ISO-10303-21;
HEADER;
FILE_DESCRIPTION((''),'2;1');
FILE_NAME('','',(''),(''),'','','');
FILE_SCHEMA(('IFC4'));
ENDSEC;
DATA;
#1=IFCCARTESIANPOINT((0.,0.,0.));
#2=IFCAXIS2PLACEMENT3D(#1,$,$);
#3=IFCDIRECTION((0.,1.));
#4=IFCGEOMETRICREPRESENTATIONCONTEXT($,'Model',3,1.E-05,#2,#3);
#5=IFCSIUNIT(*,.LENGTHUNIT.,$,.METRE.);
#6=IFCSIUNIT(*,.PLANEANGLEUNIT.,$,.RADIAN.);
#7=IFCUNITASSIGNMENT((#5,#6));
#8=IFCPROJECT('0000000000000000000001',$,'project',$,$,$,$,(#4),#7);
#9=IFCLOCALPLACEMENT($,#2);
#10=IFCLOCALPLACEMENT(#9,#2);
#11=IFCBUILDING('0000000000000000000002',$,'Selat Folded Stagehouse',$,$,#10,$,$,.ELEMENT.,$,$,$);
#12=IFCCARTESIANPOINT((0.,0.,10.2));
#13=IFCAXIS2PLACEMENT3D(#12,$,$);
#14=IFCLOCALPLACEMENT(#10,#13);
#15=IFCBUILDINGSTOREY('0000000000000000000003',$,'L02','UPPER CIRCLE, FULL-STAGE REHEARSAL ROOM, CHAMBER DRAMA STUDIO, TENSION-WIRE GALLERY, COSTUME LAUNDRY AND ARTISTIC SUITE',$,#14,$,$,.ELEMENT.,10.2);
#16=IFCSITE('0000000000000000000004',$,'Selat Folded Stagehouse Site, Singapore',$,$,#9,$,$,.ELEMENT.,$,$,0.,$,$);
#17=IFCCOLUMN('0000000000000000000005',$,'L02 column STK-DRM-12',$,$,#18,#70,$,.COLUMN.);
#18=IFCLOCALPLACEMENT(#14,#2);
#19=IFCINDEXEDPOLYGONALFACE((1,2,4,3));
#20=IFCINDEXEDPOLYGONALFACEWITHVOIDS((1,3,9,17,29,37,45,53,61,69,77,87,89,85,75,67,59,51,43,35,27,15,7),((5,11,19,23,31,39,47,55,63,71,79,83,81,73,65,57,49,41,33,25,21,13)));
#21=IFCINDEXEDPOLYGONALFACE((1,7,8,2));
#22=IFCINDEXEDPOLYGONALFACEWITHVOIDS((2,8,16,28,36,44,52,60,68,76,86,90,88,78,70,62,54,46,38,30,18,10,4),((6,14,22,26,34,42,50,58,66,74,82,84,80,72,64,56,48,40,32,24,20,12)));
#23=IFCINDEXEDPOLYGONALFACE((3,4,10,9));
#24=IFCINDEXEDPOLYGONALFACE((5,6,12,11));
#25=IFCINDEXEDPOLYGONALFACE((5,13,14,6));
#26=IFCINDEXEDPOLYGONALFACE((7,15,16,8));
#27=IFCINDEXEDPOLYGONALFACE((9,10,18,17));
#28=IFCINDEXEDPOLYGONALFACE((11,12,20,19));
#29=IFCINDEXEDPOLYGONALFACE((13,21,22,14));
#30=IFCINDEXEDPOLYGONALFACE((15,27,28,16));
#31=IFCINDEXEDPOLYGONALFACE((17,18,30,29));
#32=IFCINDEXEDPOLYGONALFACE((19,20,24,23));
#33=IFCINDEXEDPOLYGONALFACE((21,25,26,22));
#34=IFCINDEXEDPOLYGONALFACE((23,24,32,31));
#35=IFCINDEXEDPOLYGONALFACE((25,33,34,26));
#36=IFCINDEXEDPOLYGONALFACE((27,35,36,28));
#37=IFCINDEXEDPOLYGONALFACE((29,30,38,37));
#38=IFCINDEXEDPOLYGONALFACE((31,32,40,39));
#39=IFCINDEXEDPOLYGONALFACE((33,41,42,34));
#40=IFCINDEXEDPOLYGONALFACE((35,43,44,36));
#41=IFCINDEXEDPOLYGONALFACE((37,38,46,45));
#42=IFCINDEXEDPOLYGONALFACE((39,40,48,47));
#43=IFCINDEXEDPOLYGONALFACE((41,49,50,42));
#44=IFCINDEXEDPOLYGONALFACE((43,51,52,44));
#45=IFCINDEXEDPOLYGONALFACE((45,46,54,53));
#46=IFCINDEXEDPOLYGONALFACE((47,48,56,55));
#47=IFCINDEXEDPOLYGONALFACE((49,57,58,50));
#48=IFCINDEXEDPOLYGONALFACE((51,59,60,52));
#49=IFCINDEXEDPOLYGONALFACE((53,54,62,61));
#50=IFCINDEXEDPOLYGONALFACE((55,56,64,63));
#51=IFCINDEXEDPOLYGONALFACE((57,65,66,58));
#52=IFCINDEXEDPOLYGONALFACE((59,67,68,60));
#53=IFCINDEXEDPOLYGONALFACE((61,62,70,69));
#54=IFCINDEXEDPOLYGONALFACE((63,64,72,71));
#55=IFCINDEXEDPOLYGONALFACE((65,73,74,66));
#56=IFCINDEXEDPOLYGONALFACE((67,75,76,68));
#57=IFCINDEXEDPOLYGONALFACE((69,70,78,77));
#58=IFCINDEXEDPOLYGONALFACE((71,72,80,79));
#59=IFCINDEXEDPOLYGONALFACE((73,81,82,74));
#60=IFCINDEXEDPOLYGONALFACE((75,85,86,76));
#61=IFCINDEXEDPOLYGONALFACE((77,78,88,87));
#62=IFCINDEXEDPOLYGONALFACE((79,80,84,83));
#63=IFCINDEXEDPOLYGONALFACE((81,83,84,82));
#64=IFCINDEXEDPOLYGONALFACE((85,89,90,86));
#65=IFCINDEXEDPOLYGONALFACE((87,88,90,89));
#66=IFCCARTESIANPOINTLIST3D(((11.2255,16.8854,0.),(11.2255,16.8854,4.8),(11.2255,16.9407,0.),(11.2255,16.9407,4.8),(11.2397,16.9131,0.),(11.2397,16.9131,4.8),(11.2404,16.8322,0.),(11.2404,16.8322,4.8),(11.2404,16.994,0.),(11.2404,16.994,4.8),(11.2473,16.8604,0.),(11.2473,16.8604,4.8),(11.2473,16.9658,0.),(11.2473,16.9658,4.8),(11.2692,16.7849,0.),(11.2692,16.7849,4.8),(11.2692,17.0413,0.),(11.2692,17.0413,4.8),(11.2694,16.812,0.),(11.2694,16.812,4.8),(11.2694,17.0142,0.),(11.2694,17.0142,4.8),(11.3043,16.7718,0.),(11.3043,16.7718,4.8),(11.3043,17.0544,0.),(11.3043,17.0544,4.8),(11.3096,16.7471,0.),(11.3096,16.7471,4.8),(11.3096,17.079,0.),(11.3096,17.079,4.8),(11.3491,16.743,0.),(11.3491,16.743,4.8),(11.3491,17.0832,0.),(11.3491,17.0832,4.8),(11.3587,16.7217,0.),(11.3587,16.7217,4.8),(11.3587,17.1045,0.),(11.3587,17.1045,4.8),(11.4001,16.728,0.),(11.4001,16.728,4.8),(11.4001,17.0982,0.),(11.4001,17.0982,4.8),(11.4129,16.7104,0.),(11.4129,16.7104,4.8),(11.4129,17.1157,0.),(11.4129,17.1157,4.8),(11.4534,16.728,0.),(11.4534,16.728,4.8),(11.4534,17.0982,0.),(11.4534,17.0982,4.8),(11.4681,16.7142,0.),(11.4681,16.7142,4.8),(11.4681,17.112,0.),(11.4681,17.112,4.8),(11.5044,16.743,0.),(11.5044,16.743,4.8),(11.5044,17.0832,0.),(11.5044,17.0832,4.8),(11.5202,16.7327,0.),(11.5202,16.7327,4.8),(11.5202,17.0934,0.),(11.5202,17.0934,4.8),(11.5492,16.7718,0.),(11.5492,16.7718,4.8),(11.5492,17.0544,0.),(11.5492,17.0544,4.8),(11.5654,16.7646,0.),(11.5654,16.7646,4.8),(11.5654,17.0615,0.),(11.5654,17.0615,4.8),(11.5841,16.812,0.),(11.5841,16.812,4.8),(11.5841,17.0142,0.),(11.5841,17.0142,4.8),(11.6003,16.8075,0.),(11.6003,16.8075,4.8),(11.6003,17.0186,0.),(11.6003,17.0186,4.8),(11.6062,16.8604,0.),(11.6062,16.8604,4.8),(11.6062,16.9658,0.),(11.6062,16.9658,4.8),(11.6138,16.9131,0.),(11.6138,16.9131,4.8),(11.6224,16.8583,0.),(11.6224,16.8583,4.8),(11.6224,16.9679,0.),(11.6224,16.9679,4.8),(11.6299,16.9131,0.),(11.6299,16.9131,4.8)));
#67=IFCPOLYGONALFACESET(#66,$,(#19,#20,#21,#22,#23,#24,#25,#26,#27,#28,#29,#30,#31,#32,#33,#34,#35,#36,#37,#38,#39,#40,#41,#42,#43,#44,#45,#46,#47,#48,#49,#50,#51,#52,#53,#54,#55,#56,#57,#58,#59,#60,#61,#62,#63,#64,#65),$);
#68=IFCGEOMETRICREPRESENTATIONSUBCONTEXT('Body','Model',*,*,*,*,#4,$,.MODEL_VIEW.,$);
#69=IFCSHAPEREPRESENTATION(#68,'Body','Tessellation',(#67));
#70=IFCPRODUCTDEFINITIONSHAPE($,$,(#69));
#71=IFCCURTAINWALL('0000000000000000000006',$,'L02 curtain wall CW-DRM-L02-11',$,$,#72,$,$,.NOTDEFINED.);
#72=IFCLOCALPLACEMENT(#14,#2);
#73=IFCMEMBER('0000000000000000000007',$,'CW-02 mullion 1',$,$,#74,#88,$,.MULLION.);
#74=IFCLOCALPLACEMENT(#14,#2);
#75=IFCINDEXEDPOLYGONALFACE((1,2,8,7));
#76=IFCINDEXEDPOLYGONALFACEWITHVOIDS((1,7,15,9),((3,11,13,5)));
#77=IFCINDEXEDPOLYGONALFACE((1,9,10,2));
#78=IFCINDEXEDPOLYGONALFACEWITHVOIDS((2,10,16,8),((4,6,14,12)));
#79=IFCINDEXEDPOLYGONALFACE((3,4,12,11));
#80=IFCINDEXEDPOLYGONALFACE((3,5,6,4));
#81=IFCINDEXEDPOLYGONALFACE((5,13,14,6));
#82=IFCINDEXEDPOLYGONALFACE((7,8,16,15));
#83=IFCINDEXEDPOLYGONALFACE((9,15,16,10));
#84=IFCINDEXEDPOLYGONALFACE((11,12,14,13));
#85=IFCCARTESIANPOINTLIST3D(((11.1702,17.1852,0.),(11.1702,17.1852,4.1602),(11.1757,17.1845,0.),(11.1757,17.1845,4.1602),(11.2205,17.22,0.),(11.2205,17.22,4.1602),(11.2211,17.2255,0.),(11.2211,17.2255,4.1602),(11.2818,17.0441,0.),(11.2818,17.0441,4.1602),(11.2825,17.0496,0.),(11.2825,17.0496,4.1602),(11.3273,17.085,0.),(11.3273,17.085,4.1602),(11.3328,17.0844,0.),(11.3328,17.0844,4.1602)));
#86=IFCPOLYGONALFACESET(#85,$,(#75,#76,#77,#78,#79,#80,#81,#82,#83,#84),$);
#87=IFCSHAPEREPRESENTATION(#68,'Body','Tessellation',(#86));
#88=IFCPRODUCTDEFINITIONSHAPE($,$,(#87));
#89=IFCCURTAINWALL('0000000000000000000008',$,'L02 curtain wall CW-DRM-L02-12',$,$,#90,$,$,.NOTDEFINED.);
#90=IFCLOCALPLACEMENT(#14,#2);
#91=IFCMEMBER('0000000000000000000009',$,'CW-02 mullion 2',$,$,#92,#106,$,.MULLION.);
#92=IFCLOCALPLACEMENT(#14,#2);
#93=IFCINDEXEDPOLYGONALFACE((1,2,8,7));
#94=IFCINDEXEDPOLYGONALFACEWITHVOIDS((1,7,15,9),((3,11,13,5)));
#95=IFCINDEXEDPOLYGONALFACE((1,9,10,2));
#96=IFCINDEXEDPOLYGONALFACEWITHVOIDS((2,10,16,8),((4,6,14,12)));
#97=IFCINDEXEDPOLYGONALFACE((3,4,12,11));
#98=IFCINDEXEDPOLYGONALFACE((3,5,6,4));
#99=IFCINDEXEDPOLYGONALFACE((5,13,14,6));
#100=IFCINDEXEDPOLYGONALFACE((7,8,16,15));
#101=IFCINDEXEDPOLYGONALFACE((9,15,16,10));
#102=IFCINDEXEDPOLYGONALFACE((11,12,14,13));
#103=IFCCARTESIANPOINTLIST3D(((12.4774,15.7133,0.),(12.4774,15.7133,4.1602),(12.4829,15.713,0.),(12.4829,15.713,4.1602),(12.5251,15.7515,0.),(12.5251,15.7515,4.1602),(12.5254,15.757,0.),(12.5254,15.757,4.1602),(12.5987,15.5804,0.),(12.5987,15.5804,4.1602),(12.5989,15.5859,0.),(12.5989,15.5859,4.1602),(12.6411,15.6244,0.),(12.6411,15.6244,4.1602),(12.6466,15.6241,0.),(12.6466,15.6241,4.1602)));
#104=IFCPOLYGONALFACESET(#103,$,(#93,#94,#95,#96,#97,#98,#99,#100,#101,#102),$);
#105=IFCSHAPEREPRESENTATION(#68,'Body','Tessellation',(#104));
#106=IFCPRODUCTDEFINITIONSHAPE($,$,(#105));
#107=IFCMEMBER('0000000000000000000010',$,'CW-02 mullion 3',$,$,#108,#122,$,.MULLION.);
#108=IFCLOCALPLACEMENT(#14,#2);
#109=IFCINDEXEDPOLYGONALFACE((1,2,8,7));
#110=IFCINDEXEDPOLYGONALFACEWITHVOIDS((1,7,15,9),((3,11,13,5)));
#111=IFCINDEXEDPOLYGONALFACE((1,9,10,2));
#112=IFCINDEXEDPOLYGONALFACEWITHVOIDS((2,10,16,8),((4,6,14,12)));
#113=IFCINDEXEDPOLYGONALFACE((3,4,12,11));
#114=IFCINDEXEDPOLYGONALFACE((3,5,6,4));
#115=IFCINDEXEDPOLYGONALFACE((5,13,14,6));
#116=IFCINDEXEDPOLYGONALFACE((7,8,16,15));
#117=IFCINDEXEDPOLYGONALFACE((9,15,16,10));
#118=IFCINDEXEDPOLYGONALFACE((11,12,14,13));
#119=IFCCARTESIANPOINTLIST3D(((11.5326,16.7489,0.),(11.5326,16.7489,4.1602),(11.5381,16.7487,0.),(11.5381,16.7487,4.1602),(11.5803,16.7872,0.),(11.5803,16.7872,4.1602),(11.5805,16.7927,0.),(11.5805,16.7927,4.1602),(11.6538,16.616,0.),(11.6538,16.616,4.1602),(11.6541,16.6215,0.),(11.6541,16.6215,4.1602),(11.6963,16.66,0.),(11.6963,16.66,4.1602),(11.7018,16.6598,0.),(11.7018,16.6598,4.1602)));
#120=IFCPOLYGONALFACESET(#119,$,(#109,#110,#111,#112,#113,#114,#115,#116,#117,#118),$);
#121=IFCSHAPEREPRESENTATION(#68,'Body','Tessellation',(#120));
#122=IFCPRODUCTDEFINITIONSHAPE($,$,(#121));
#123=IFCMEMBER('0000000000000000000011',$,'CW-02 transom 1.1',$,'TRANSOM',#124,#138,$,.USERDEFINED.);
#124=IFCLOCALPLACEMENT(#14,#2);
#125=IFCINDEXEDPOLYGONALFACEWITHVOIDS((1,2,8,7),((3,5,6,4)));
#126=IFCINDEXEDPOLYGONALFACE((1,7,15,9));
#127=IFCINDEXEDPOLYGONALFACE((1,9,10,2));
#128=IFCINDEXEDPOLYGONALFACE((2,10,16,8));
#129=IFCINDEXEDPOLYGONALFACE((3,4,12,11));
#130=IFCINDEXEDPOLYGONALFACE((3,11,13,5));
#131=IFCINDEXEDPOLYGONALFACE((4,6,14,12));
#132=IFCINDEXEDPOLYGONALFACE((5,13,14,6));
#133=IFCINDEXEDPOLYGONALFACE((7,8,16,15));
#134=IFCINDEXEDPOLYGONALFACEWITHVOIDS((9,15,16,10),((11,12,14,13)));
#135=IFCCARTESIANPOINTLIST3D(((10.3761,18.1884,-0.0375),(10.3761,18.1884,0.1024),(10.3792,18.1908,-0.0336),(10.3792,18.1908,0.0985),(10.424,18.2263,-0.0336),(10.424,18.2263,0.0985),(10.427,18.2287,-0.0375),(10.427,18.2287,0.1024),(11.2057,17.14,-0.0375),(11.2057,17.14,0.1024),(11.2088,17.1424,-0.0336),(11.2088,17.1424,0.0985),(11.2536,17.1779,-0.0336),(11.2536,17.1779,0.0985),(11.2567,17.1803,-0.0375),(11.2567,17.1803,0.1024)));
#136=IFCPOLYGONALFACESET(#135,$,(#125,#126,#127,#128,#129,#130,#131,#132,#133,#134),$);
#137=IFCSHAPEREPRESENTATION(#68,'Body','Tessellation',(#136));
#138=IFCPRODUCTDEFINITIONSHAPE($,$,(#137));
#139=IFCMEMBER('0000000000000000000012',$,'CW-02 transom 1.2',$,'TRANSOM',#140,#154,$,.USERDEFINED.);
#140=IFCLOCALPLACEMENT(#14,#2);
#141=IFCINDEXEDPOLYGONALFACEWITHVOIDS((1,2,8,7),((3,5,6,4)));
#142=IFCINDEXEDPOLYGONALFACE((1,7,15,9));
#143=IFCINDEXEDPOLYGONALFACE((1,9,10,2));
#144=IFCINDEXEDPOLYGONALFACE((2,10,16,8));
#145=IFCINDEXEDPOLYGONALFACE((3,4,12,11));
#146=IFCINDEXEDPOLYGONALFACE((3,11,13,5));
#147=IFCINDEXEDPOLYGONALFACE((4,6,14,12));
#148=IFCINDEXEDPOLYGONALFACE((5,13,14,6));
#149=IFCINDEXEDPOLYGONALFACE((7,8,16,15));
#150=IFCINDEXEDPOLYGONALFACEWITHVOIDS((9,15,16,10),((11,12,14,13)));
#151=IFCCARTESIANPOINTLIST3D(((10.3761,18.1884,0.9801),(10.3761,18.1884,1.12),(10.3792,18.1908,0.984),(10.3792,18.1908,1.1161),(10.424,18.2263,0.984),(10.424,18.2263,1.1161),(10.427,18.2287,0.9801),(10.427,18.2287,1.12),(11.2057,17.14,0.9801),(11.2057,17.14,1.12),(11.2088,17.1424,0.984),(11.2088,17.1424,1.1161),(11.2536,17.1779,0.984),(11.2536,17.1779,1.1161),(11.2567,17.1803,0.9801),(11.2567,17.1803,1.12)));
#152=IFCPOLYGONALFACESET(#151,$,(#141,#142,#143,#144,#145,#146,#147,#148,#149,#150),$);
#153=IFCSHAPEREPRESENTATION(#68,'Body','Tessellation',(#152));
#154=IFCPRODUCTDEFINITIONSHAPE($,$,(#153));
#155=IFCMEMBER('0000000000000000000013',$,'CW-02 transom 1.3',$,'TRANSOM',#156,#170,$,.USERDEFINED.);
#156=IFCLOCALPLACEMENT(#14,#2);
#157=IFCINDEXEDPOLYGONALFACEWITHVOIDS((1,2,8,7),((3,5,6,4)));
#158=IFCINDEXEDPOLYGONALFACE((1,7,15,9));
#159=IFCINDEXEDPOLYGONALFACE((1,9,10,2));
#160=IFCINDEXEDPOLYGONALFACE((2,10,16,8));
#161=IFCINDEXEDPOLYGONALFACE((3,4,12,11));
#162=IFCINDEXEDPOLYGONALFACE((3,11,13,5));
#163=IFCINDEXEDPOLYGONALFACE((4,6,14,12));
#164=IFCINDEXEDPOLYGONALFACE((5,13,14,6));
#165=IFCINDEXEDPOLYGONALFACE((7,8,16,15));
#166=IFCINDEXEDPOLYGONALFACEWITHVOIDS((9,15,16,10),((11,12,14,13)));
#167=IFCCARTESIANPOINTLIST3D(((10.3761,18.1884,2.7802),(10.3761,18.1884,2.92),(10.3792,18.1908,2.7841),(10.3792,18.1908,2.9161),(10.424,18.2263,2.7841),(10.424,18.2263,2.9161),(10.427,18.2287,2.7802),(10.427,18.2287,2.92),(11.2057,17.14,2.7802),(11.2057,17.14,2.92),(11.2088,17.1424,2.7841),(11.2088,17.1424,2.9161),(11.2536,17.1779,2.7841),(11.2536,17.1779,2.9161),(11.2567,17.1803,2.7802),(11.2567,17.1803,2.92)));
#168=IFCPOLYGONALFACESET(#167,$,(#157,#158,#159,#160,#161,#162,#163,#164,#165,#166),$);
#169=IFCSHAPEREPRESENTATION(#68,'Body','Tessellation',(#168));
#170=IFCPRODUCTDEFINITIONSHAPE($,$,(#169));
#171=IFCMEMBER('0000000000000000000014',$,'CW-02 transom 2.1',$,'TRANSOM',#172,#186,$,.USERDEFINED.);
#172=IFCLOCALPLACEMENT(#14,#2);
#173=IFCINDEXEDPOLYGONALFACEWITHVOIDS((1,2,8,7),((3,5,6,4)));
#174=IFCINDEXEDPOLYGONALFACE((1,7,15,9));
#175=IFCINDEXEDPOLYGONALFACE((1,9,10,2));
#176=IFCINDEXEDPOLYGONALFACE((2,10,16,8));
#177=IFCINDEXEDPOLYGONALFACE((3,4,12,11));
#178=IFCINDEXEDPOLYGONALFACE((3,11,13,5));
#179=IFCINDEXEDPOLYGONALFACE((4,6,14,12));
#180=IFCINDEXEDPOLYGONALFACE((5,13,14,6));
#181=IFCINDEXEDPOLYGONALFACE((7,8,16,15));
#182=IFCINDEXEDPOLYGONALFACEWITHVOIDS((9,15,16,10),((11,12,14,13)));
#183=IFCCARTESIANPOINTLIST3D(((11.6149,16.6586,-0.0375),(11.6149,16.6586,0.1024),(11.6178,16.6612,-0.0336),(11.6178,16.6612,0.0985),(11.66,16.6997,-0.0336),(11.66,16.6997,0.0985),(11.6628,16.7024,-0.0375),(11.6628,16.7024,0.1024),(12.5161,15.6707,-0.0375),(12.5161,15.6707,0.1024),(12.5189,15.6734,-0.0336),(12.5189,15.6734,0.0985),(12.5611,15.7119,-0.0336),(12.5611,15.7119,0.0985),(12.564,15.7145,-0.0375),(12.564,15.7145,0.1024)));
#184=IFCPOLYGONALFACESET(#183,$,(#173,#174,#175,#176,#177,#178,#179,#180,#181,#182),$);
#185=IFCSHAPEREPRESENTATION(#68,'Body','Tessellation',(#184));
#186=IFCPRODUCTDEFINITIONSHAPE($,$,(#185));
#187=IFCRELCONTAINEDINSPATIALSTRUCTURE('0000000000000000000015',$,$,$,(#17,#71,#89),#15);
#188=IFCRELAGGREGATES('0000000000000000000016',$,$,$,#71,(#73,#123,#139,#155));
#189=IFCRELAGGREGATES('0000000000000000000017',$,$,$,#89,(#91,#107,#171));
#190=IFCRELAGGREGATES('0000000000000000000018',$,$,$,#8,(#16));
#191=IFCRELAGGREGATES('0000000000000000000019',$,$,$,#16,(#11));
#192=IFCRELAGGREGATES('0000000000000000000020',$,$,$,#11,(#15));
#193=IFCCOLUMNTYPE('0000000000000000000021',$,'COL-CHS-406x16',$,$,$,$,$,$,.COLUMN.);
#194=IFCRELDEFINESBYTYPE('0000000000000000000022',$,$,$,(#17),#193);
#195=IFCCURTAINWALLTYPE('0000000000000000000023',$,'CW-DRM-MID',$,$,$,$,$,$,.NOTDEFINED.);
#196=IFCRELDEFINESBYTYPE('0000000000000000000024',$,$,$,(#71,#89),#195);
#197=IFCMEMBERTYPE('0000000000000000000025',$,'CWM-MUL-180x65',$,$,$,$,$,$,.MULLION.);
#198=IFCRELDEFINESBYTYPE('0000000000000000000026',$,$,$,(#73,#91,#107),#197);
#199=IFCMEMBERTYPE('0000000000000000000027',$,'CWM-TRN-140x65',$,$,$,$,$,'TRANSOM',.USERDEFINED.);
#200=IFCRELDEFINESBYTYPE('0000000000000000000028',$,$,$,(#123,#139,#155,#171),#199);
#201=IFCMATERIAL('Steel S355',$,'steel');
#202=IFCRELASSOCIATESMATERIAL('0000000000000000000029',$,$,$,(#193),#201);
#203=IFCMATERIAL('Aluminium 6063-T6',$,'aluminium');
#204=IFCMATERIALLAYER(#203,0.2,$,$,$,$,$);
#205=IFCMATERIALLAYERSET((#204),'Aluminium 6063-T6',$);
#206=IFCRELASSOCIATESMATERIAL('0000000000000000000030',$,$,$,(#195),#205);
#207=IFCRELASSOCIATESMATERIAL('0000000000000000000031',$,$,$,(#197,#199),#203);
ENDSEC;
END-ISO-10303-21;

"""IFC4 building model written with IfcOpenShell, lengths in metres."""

from ifc_helpers import new_model, si_unit, direction, frame, origin, origin_2d, place, context, subcontext, project, spatial, hollow_rectangle, hollow_circle, extrude, material, layer, layer_set, material_profile, profile_set, type_object, element, aggregate, save


model = new_model("IFC4")

# Units and contexts
model_context = context("Model", 3, precision=1e-05, world=origin(), true_north=direction((0.0, 1.0)))
body_context = subcontext(model_context, "Body", "Model", "MODEL_VIEW")
ifc_project = project(units=[si_unit("LENGTHUNIT", "METRE"), si_unit("PLANEANGLEUNIT", "RADIAN")], contexts=[model_context])

# Site, building, storey
site_placement = place(None, origin())
site = spatial("IfcSite", under=ifc_project, at=site_placement, Name="Selat Folded Stagehouse Site, Singapore", CompositionType="ELEMENT", RefElevation=0.0)
building_placement = place(site_placement, origin())
building = spatial("IfcBuilding", under=site, at=building_placement, Name="Selat Folded Stagehouse", CompositionType="ELEMENT")
storey_placement = place(building_placement, frame((0.0, 0.0, 10.2)))
storey = spatial("IfcBuildingStorey", under=building, at=storey_placement, Name="L02", Description="UPPER CIRCLE, FULL-STAGE REHEARSAL ROOM, CHAMBER DRAMA STUDIO, TENSION-WIRE GALLERY, COSTUME LAUNDRY AND ARTISTIC SUITE", CompositionType="ELEMENT", Elevation=10.2)

# Column
ifc_material_1 = material(Name="Steel S355", Category="steel")
ifc_material_profile_1 = material_profile(ifc_material_1, hollow_circle(Radius=0.2031, WallThickness=0.0161, at=origin_2d()), Name="CHS 406.4x16.0")
ifc_profile_set_1 = profile_set([ifc_material_profile_1], Name="Steel S355")
column_type = type_object("IfcColumnType", Name="COL-CHS-406x16", PredefinedType="COLUMN", material=ifc_profile_set_1)
column_placement = place(storey_placement, frame((11.4268, 16.9131, 0.0), z_axis=(0.0, 0.0, 1.0), x_axis=(1.0, 0.0, 0.0)))
element("IfcColumn", 1, at=column_placement, inside=storey, type_object=column_type, Name="L02 column STK-DRM-12", PredefinedType="COLUMN", context=body_context, shape_type="SweptSolid", body=[
    extrude(hollow_circle(Radius=0.2031, WallThickness=0.0161, at=origin_2d()), origin(), (0.0, 0.0, 1.0), 4.8),
])

# Curtain wall, member
ifc_material_2 = material(Name="Aluminium 6063-T6", Category="aluminium")
ifc_layer_1 = layer(ifc_material_2, 0.2)
ifc_layer_set_1 = layer_set([ifc_layer_1], Name="Aluminium 6063-T6")
curtain_wall_type = type_object("IfcCurtainWallType", Name="CW-DRM-MID", PredefinedType="NOTDEFINED", material=ifc_layer_set_1)
curtain_wall_1_placement = place(storey_placement, origin())
curtain_wall_1 = element("IfcCurtainWall", 2, at=curtain_wall_1_placement, inside=storey, type_object=curtain_wall_type, Name="L02 curtain wall CW-DRM-L02-11", PredefinedType="NOTDEFINED")
ifc_material_profile_2 = material_profile(ifc_material_2, hollow_rectangle(XDim=0.0649, YDim=0.1799, WallThickness=0.0039, at=origin_2d()), Name="ALU 180x65x4.0")
ifc_profile_set_2 = profile_set([ifc_material_profile_2], Name="Aluminium 6063-T6")
member_type_1 = type_object("IfcMemberType", Name="CWM-MUL-180x65", PredefinedType="MULLION", material=ifc_profile_set_2)
member_1_placement = place(storey_placement, frame((11.2515, 17.1348, 0.0), z_axis=(0.0, 0.0, 1.0), x_axis=(-0.78418, -0.620533, 0.0)))
member_1 = element("IfcMember", 3, at=member_1_placement, type_object=member_type_1, Name="CW-02 mullion 1", PredefinedType="MULLION", context=body_context, shape_type="SweptSolid", body=[
    extrude(hollow_rectangle(XDim=0.0649, YDim=0.1799, WallThickness=0.0039, at=origin_2d()), origin(), (0.0, 0.0, 1.0), 4.1602),
])

# Curtain wall, members
curtain_wall_2_placement = place(storey_placement, origin())
curtain_wall_2 = element("IfcCurtainWall", 4, at=curtain_wall_2_placement, inside=storey, type_object=curtain_wall_type, Name="L02 curtain wall CW-DRM-L02-12", PredefinedType="NOTDEFINED")
member_2_placement = place(storey_placement, frame((12.562, 15.6687, 0.0), z_axis=(0.0, 0.0, 1.0), x_axis=(-0.738729, -0.674002, 0.0)))
member_2 = element("IfcMember", 5, at=member_2_placement, type_object=member_type_1, Name="CW-02 mullion 2", PredefinedType="MULLION", context=body_context, shape_type="SweptSolid", body=[
    extrude(hollow_rectangle(XDim=0.0649, YDim=0.1799, WallThickness=0.0039, at=origin_2d()), origin(), (0.0, 0.0, 1.0), 4.1602),
])
member_3_placement = place(storey_placement, frame((11.6172, 16.7043, 0.0), z_axis=(0.0, 0.0, 1.0), x_axis=(-0.738729, -0.674002, 0.0)))
member_3 = element("IfcMember", 6, at=member_3_placement, type_object=member_type_1, Name="CW-02 mullion 3", PredefinedType="MULLION", context=body_context, shape_type="SweptSolid", body=[
    extrude(hollow_rectangle(XDim=0.0649, YDim=0.1799, WallThickness=0.0039, at=origin_2d()), origin(), (0.0, 0.0, 1.0), 4.1602),
])

# Members
ifc_material_profile_3 = material_profile(ifc_material_2, hollow_rectangle(XDim=0.0649, YDim=0.1399, WallThickness=0.0039, at=origin_2d()), Name="ALU 140x65x4.0")
ifc_profile_set_3 = profile_set([ifc_material_profile_3], Name="Aluminium 6063-T6")
member_type_2 = type_object("IfcMemberType", Name="CWM-TRN-140x65", ElementType="TRANSOM", PredefinedType="USERDEFINED", material=ifc_profile_set_3)
member_4_placement = place(storey_placement, frame((11.2312, 17.1602, 0.0325), z_axis=(-0.620544, 0.784172, 0.0), x_axis=(-0.784172, -0.620544, 0.0)))
member_4 = element("IfcMember", 7, at=member_4_placement, type_object=member_type_2, Name="CW-02 transom 1.1", ObjectType="TRANSOM", PredefinedType="USERDEFINED", context=body_context, shape_type="SweptSolid", body=[
    extrude(hollow_rectangle(XDim=0.0649, YDim=0.1399, WallThickness=0.0039, at=origin_2d()), origin(), (0.0, 0.0, 1.0), 1.3369),
])
member_5_placement = place(storey_placement, frame((11.2312, 17.1602, 1.05), z_axis=(-0.620544, 0.784172, 0.0), x_axis=(-0.784172, -0.620544, 0.0)))
member_5 = element("IfcMember", 8, at=member_5_placement, type_object=member_type_2, Name="CW-02 transom 1.2", ObjectType="TRANSOM", PredefinedType="USERDEFINED", context=body_context, shape_type="SweptSolid", body=[
    extrude(hollow_rectangle(XDim=0.0649, YDim=0.1399, WallThickness=0.0039, at=origin_2d()), origin(), (0.0, 0.0, 1.0), 1.3369),
])
member_6_placement = place(storey_placement, frame((11.2312, 17.1602, 2.8501), z_axis=(-0.620544, 0.784172, 0.0), x_axis=(-0.784172, -0.620544, 0.0)))
member_6 = element("IfcMember", 9, at=member_6_placement, type_object=member_type_2, Name="CW-02 transom 1.3", ObjectType="TRANSOM", PredefinedType="USERDEFINED", context=body_context, shape_type="SweptSolid", body=[
    extrude(hollow_rectangle(XDim=0.0649, YDim=0.1399, WallThickness=0.0039, at=origin_2d()), origin(), (0.0, 0.0, 1.0), 1.3369),
])
aggregate(curtain_wall_1, [member_1, member_4, member_5, member_6])
member_7_placement = place(storey_placement, frame((12.54, 15.6926, 0.0325), z_axis=(-0.673953, 0.738774, 0.0), x_axis=(-0.738774, -0.673953, 0.0)))
member_7 = element("IfcMember", 10, at=member_7_placement, type_object=member_type_2, Name="CW-02 transom 2.1", ObjectType="TRANSOM", PredefinedType="USERDEFINED", context=body_context, shape_type="SweptSolid", body=[
    extrude(hollow_rectangle(XDim=0.0649, YDim=0.1399, WallThickness=0.0039, at=origin_2d()), origin(), (0.0, 0.0, 1.0), 1.3372),
])

aggregate(curtain_wall_2, [member_2, member_3, member_7])

save(model, "model.ifc")
